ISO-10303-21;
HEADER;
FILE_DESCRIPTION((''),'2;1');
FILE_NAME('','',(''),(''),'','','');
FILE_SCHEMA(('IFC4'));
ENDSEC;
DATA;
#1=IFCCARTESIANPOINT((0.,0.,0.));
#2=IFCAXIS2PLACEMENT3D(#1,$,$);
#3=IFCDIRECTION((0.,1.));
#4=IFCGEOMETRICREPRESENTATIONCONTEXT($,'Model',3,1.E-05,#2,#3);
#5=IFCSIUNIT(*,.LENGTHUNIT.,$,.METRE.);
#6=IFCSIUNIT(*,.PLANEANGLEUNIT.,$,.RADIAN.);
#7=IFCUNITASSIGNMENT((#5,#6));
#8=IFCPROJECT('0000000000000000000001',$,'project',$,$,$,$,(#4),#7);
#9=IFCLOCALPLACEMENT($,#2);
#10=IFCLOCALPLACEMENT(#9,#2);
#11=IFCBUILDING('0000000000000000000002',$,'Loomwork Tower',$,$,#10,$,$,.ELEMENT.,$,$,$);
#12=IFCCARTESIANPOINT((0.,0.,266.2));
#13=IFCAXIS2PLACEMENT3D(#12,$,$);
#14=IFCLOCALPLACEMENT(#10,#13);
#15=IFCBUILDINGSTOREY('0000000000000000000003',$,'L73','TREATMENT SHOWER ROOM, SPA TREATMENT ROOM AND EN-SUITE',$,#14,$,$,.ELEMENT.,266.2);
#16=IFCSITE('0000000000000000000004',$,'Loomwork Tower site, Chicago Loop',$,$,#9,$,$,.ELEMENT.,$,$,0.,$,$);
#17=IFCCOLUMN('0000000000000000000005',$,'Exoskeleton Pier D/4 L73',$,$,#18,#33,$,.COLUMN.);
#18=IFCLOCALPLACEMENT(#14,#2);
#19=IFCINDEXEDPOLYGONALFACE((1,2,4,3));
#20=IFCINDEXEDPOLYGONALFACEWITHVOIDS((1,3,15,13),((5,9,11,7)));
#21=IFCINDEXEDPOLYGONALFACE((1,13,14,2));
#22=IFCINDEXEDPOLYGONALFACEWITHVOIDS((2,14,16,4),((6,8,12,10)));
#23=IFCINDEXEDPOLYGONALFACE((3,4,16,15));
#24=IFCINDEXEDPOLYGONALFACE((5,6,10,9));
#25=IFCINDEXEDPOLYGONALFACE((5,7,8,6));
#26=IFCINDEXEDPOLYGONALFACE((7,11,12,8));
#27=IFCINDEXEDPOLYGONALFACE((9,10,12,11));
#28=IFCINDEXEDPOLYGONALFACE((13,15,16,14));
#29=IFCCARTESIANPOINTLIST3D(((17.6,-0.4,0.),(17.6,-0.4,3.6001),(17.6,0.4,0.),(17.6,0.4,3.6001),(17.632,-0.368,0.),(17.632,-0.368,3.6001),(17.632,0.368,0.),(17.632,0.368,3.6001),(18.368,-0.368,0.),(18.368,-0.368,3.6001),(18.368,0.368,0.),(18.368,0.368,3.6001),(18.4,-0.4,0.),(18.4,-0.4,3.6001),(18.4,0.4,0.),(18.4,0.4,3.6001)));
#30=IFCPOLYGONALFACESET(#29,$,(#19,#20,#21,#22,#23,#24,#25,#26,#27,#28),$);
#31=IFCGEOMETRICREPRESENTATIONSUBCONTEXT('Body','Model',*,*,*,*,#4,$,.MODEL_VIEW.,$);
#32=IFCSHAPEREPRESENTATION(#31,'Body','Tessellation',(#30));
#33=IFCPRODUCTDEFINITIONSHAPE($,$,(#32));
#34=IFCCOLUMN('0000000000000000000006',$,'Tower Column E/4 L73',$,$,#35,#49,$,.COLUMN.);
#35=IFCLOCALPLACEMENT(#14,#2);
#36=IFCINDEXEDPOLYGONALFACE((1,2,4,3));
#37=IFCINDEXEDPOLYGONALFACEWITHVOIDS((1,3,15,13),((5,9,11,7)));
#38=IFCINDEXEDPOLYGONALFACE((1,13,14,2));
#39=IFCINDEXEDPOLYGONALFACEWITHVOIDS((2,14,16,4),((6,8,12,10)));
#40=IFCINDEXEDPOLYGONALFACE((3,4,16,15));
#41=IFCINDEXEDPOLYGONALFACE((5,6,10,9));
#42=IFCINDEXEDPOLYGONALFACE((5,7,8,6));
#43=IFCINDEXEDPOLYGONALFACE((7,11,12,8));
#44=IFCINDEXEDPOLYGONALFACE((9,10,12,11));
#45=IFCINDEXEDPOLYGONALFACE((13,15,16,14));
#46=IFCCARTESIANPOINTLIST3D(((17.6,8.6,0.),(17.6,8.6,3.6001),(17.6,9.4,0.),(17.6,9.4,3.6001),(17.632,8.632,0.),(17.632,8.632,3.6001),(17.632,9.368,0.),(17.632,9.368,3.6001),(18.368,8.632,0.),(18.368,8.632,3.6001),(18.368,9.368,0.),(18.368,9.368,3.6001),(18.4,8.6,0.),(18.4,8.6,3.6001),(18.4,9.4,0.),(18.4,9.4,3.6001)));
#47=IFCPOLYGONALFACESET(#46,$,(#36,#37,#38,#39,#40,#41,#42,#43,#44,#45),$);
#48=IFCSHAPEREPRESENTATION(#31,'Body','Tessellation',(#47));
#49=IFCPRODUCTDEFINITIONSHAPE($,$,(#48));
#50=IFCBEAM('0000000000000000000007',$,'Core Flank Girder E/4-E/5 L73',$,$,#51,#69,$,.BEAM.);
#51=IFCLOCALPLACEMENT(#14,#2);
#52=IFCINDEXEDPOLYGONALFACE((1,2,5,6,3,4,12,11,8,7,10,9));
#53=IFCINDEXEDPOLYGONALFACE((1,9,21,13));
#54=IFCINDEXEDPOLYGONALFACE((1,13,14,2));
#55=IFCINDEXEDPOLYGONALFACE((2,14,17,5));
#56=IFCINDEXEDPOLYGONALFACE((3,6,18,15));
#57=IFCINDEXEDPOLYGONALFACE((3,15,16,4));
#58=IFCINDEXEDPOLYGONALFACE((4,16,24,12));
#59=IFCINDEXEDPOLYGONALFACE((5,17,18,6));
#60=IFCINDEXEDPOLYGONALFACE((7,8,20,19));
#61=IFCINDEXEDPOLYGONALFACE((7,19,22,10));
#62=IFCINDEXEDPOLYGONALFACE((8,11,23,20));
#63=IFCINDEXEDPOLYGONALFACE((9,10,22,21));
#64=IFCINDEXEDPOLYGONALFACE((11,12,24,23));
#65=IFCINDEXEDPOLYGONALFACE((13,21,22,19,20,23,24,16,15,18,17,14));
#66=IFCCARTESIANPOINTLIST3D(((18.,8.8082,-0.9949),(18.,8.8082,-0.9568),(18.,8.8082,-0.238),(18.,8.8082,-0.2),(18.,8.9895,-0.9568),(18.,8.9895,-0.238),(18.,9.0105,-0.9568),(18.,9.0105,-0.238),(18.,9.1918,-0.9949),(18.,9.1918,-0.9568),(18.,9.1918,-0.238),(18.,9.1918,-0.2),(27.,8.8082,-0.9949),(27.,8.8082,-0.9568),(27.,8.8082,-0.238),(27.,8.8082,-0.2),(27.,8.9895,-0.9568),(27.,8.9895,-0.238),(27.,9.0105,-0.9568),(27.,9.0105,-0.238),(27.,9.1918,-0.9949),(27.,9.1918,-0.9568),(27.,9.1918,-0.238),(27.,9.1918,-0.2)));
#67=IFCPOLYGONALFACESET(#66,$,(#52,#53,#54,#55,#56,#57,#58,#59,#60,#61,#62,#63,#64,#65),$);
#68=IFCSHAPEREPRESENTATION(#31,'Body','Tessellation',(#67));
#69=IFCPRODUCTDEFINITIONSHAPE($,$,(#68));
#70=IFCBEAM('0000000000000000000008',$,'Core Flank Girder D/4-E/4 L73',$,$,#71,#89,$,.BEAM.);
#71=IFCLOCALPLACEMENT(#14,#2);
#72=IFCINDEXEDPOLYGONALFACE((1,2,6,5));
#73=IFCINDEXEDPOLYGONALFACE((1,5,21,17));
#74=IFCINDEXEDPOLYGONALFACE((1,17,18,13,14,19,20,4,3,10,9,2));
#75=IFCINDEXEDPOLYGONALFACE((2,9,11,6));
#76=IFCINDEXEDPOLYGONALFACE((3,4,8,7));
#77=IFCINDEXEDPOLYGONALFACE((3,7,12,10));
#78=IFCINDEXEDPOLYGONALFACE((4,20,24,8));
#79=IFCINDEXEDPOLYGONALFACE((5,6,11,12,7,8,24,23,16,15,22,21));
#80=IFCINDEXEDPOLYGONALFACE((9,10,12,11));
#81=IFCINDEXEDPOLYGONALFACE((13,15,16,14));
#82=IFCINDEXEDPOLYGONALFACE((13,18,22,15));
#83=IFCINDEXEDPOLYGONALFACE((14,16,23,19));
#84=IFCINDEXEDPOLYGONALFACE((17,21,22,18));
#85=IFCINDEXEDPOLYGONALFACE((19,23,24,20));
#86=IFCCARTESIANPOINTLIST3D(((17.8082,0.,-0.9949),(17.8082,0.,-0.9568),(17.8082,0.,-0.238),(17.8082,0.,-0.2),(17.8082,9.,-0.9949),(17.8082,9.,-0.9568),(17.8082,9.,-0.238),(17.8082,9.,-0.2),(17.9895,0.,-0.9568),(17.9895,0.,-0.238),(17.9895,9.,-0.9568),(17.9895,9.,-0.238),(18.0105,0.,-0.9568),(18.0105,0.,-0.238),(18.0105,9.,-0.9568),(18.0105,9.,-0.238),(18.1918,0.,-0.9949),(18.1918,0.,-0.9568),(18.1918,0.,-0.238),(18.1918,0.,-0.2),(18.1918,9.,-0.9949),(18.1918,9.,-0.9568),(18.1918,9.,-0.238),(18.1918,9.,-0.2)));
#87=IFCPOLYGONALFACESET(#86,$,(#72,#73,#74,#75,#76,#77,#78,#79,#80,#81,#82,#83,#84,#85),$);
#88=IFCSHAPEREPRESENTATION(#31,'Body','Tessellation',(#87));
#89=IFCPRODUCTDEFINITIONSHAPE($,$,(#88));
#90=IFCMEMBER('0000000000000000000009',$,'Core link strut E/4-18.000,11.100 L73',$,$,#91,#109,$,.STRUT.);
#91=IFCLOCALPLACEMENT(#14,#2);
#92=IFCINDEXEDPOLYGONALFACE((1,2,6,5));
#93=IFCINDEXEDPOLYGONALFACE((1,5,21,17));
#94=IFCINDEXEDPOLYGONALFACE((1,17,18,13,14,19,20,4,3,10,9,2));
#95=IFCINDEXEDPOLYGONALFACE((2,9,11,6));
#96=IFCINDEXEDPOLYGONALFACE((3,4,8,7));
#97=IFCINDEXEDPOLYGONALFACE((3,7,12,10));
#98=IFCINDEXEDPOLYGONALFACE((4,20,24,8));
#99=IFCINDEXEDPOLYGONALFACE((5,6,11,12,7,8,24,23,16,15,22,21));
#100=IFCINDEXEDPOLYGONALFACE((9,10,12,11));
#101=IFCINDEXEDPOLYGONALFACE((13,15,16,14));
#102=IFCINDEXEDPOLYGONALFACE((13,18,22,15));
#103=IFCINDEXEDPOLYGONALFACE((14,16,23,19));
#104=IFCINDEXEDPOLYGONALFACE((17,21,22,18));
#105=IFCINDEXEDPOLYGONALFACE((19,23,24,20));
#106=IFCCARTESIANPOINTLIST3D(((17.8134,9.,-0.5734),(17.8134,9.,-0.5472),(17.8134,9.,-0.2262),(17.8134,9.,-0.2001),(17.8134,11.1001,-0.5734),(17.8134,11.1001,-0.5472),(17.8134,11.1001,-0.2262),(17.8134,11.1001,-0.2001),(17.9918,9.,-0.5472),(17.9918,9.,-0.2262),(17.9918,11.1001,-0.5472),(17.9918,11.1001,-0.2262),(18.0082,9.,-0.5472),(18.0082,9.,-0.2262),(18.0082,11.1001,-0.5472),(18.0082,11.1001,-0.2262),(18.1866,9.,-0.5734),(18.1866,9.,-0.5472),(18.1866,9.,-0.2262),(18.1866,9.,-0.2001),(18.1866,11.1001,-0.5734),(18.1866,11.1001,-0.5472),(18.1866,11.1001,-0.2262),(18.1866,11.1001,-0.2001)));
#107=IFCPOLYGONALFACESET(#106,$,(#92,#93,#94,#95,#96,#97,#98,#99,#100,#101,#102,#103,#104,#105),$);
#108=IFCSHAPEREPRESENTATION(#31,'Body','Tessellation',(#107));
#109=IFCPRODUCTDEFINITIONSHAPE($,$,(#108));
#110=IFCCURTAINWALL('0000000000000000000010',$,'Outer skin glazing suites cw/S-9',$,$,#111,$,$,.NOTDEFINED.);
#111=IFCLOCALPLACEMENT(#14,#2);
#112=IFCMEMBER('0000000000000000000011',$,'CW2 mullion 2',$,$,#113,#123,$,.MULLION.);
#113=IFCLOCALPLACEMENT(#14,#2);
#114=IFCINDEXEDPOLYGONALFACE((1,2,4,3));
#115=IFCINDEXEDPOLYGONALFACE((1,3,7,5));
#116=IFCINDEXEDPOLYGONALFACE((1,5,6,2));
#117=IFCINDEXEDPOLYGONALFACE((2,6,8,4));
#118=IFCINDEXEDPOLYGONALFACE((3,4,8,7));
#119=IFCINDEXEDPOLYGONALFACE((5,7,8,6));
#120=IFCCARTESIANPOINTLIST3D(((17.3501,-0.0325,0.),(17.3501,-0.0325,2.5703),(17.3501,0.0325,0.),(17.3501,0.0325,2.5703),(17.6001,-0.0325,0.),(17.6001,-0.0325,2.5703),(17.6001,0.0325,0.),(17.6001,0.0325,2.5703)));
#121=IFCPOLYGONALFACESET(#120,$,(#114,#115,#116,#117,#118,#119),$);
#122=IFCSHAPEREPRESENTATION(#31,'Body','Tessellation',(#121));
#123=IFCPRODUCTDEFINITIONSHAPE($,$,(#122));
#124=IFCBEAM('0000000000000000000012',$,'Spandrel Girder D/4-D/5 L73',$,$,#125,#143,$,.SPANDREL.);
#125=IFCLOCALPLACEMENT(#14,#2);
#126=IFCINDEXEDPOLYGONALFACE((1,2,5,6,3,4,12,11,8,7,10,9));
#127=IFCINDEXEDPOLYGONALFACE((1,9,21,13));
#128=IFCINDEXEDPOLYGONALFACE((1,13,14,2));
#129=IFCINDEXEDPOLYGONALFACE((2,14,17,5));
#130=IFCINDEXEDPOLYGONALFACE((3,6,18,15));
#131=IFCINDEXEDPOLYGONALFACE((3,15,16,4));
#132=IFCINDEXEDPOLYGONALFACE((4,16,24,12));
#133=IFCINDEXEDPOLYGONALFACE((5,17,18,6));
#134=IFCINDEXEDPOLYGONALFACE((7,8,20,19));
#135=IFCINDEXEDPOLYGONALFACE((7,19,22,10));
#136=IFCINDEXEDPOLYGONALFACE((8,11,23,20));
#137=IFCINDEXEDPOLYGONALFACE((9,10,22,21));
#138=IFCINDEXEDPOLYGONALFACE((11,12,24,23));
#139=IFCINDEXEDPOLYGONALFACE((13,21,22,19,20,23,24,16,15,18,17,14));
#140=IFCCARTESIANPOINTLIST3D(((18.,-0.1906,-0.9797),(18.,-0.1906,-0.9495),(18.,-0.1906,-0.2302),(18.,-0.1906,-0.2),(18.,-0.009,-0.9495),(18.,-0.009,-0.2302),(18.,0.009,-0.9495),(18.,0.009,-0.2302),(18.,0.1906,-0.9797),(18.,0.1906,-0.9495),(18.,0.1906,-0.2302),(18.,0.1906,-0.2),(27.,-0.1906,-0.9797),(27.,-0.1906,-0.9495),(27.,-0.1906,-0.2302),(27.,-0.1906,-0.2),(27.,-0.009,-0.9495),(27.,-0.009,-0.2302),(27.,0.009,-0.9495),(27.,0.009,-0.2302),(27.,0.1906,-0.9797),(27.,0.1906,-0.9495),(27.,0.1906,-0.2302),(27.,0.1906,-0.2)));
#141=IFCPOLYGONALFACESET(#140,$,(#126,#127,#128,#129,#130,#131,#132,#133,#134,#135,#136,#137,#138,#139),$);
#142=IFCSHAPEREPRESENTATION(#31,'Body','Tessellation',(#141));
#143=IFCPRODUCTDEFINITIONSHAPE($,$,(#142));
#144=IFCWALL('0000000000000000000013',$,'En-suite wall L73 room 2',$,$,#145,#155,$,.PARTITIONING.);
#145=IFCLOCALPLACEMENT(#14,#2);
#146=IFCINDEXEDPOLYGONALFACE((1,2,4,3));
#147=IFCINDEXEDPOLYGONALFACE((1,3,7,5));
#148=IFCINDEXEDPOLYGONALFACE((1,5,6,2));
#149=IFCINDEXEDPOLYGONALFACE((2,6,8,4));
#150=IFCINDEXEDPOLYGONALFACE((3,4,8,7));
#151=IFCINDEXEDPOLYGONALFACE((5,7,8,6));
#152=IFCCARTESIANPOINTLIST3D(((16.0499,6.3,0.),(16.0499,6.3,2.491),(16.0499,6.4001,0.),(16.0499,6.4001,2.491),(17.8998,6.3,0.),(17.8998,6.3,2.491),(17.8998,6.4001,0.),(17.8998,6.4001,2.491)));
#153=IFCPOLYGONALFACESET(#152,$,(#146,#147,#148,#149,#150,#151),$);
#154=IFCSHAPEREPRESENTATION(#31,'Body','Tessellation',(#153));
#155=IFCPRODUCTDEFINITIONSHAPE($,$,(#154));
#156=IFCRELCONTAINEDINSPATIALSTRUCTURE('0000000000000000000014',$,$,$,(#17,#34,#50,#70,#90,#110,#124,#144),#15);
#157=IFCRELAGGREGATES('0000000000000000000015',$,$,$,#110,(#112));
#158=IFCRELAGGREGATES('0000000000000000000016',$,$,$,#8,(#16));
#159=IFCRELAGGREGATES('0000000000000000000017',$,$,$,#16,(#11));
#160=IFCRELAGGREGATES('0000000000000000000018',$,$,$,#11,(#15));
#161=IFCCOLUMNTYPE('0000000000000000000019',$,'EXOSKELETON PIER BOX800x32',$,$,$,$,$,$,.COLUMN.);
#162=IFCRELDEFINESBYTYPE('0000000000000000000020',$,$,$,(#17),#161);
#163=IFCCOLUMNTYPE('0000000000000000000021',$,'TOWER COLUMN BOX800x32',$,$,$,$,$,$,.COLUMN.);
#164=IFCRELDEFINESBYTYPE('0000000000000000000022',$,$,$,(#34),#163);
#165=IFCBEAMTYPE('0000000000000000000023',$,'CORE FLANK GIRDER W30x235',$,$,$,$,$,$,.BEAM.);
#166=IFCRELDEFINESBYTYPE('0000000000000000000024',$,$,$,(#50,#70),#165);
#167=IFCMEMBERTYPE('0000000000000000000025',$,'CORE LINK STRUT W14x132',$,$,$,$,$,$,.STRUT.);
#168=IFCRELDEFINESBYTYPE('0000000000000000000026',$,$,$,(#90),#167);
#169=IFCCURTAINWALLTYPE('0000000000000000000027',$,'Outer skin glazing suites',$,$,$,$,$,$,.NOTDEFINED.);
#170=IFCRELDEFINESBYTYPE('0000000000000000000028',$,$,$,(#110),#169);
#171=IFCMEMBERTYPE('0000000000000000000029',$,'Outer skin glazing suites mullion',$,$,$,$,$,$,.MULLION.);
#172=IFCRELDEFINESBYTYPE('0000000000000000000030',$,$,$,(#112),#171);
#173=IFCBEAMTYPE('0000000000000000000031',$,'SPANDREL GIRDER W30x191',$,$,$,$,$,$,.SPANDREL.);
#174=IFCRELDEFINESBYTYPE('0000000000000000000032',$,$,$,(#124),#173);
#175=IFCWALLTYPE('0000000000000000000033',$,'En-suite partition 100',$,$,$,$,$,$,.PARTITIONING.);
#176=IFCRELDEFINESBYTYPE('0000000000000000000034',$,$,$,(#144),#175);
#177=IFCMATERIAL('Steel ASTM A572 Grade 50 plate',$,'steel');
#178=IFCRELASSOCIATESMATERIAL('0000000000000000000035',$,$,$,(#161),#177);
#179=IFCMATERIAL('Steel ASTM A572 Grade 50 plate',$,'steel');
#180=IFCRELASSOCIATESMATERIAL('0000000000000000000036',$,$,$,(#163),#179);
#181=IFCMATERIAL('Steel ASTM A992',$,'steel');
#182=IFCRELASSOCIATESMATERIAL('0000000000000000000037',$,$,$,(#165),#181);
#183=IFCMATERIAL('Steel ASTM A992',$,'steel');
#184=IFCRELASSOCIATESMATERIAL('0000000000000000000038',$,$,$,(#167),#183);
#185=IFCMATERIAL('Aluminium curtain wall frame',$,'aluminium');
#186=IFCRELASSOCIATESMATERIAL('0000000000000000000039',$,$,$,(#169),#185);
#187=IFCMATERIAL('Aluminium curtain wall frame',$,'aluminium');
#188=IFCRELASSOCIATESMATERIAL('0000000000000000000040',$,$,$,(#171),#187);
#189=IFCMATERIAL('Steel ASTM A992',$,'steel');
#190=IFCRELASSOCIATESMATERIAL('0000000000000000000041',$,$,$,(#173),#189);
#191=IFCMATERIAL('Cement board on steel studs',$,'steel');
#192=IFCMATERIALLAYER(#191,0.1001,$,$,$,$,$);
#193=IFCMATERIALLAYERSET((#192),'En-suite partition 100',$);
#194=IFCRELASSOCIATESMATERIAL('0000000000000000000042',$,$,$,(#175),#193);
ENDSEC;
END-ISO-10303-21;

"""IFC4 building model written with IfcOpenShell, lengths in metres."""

from ifc_helpers import new_model, si_unit, direction, frame, frame_2d, origin, origin_2d, place, context, subcontext, project, spatial, rectangle, hollow_rectangle, i_section, extrude, material, layer, layer_set, material_profile, profile_set, type_object, element, aggregate, save


model = new_model("IFC4")

# Units and contexts
model_context = context("Model", 3, precision=1e-05, world=origin(), true_north=direction((0.0, 1.0)))
body_context = subcontext(model_context, "Body", "Model", "MODEL_VIEW")
ifc_project = project(units=[si_unit("LENGTHUNIT", "METRE"), si_unit("PLANEANGLEUNIT", "RADIAN")], contexts=[model_context])

# Site, building, storey
site_placement = place(None, origin())
site = spatial("IfcSite", under=ifc_project, at=site_placement, Name="Loomwork Tower site, Chicago Loop", CompositionType="ELEMENT", RefElevation=0.0)
building_placement = place(site_placement, origin())
building = spatial("IfcBuilding", under=site, at=building_placement, Name="Loomwork Tower", CompositionType="ELEMENT")
storey_placement = place(building_placement, frame((0.0, 0.0, 266.2)))
storey = spatial("IfcBuildingStorey", under=building, at=storey_placement, Name="L73", Description="TREATMENT SHOWER ROOM, SPA TREATMENT ROOM AND EN-SUITE", CompositionType="ELEMENT", Elevation=266.2)

# Columns
ifc_material_1 = material(Name="Steel ASTM A572 Grade 50 plate", Category="steel")
ifc_material_profile_1 = material_profile(ifc_material_1, hollow_rectangle(XDim=0.8, YDim=0.8, WallThickness=0.032, at=origin_2d()), Name="BOX800x32")
ifc_profile_set_1 = profile_set([ifc_material_profile_1], Name="Steel ASTM A572 Grade 50 plate")
column_type_1 = type_object("IfcColumnType", Name="EXOSKELETON PIER BOX800x32", PredefinedType="COLUMN", material=ifc_profile_set_1)
column_1_placement = place(storey_placement, frame((18.0, 0.0, 0.0), z_axis=(0.0, 0.0, 1.0), x_axis=(1.0, 0.0, 0.0)))
element("IfcColumn", 1, at=column_1_placement, inside=storey, type_object=column_type_1, Name="Exoskeleton Pier D/4 L73", PredefinedType="COLUMN", context=body_context, shape_type="SweptSolid", body=[
    extrude(hollow_rectangle(XDim=0.8, YDim=0.8, WallThickness=0.032, at=origin_2d()), origin(), (0.0, 0.0, 1.0), 3.6001),
])
ifc_material_2 = material(Name="Steel ASTM A572 Grade 50 plate", Category="steel")
ifc_material_profile_2 = material_profile(ifc_material_2, hollow_rectangle(XDim=0.8, YDim=0.8, WallThickness=0.032, at=origin_2d()), Name="BOX800x32")
ifc_profile_set_2 = profile_set([ifc_material_profile_2], Name="Steel ASTM A572 Grade 50 plate")
column_type_2 = type_object("IfcColumnType", Name="TOWER COLUMN BOX800x32", PredefinedType="COLUMN", material=ifc_profile_set_2)
column_2_placement = place(storey_placement, frame((18.0, 9.0, 0.0), z_axis=(0.0, 0.0, 1.0), x_axis=(1.0, 0.0, 0.0)))
element("IfcColumn", 2, at=column_2_placement, inside=storey, type_object=column_type_2, Name="Tower Column E/4 L73", PredefinedType="COLUMN", context=body_context, shape_type="SweptSolid", body=[
    extrude(hollow_rectangle(XDim=0.8, YDim=0.8, WallThickness=0.032, at=origin_2d()), origin(), (0.0, 0.0, 1.0), 3.6001),
])

# Beams
ifc_material_3 = material(Name="Steel ASTM A992", Category="steel")
ifc_material_profile_3 = material_profile(ifc_material_3, i_section(OverallWidth=0.3835, OverallDepth=0.7949, WebThickness=0.021, FlangeThickness=0.0381, at=origin_2d()), Name="W30x235")
ifc_profile_set_3 = profile_set([ifc_material_profile_3], Name="Steel ASTM A992")
beam_type_1 = type_object("IfcBeamType", Name="CORE FLANK GIRDER W30x235", PredefinedType="BEAM", material=ifc_profile_set_3)
for number, where, z_axis, x_axis, name in (
    (3, (18.0, 9.0, -0.5974), (1.0, 0.0, 0.0), (0.0, 1.0, 0.0), "Core Flank Girder E/4-E/5 L73"),
    (4, (18.0, 0.0, -0.5974), (0.0, 1.0, 0.0), (-1.0, 0.0, 0.0), "Core Flank Girder D/4-E/4 L73"),
):
    element("IfcBeam", number, at=place(storey_placement, frame(where, z_axis=z_axis, x_axis=x_axis)), inside=storey, type_object=beam_type_1, Name=name, PredefinedType="BEAM", context=body_context, shape_type="SweptSolid", body=[
        extrude(i_section(OverallWidth=0.3835, OverallDepth=0.7949, WebThickness=0.021, FlangeThickness=0.0381, at=origin_2d()), origin(), (0.0, 0.0, 1.0), 9.0),
    ])

# Member
ifc_material_4 = material(Name="Steel ASTM A992", Category="steel")
ifc_material_profile_4 = material_profile(ifc_material_4, i_section(OverallWidth=0.3733, OverallDepth=0.3733, WebThickness=0.0164, FlangeThickness=0.0261, at=origin_2d()), Name="W14x132")
ifc_profile_set_4 = profile_set([ifc_material_profile_4], Name="Steel ASTM A992")
member_type_1 = type_object("IfcMemberType", Name="CORE LINK STRUT W14x132", PredefinedType="STRUT", material=ifc_profile_set_4)
member_1_placement = place(storey_placement, frame((18.0, 9.0, -0.3867), z_axis=(0.0, 1.0, 0.0), x_axis=(-1.0, 0.0, 0.0)))
element("IfcMember", 5, at=member_1_placement, inside=storey, type_object=member_type_1, Name="Core link strut E/4-18.000,11.100 L73", PredefinedType="STRUT", context=body_context, shape_type="SweptSolid", body=[
    extrude(i_section(OverallWidth=0.3733, OverallDepth=0.3733, WebThickness=0.0164, FlangeThickness=0.0261, at=origin_2d()), origin(), (0.0, 0.0, 1.0), 2.1001),
])

# Curtain wall, member
ifc_material_5 = material(Name="Aluminium curtain wall frame", Category="aluminium")
curtain_wall_type = type_object("IfcCurtainWallType", Name="Outer skin glazing suites", PredefinedType="NOTDEFINED", material=ifc_material_5)
curtain_wall_placement = place(storey_placement, origin())
curtain_wall = element("IfcCurtainWall", 6, at=curtain_wall_placement, inside=storey, type_object=curtain_wall_type, Name="Outer skin glazing suites cw/S-9", PredefinedType="NOTDEFINED")
ifc_material_6 = material(Name="Aluminium curtain wall frame", Category="aluminium")
ifc_material_profile_5 = material_profile(ifc_material_6, rectangle(XDim=0.0649, YDim=0.25, at=origin_2d()), Name="AL 65x250")
ifc_profile_set_5 = profile_set([ifc_material_profile_5], Name="Aluminium curtain wall frame")
member_type_2 = type_object("IfcMemberType", Name="Outer skin glazing suites mullion", PredefinedType="MULLION", material=ifc_profile_set_5)
member_2_placement = place(storey_placement, frame((17.4751, 0.0, 0.0), z_axis=(0.0, 0.0, 1.0), x_axis=(0.0, 1.0, 0.0)))
member_2 = element("IfcMember", 7, at=member_2_placement, type_object=member_type_2, Name="CW2 mullion 2", PredefinedType="MULLION", context=body_context, shape_type="SweptSolid", body=[
    extrude(rectangle(XDim=0.0649, YDim=0.25, at=origin_2d()), origin(), (0.0, 0.0, 1.0), 2.5703),
])
aggregate(curtain_wall, [member_2])

# Beam
ifc_material_7 = material(Name="Steel ASTM A992", Category="steel")
ifc_material_profile_6 = material_profile(ifc_material_7, i_section(OverallWidth=0.3811, OverallDepth=0.7798, WebThickness=0.0181, FlangeThickness=0.0303, at=origin_2d()), Name="W30x191")
ifc_profile_set_6 = profile_set([ifc_material_profile_6], Name="Steel ASTM A992")
beam_type_2 = type_object("IfcBeamType", Name="SPANDREL GIRDER W30x191", PredefinedType="SPANDREL", material=ifc_profile_set_6)
beam_placement = place(storey_placement, frame((18.0, 0.0, -0.5898), z_axis=(1.0, 0.0, 0.0), x_axis=(0.0, 1.0, 0.0)))
element("IfcBeam", 8, at=beam_placement, inside=storey, type_object=beam_type_2, Name="Spandrel Girder D/4-D/5 L73", PredefinedType="SPANDREL", context=body_context, shape_type="SweptSolid", body=[
    extrude(i_section(OverallWidth=0.3811, OverallDepth=0.7798, WebThickness=0.0181, FlangeThickness=0.0303, at=origin_2d()), origin(), (0.0, 0.0, 1.0), 9.0),
])

# Wall
ifc_material_8 = material(Name="Cement board on steel studs", Category="steel")
ifc_layer_1 = layer(ifc_material_8, 0.1001)
ifc_layer_set_1 = layer_set([ifc_layer_1], Name="En-suite partition 100")
wall_type_1 = type_object("IfcWallType", Name="En-suite partition 100", PredefinedType="PARTITIONING", material=ifc_layer_set_1)
wall_1_placement = place(storey_placement, frame((16.05, 6.3501, 0.0), z_axis=(0.0, 0.0, 1.0), x_axis=(1.0, 0.0, 0.0)))
element("IfcWall", 9, at=wall_1_placement, inside=storey, type_object=wall_type_1, Name="En-suite wall L73 room 2", PredefinedType="PARTITIONING", context=body_context, shape_type="SweptSolid", body=[
    extrude(rectangle(XDim=1.8499, YDim=0.1001, at=frame_2d((0.9248, 0.0))), origin(), (0.0, 0.0, 1.0), 2.491),
])

save(model, "model.ifc")
